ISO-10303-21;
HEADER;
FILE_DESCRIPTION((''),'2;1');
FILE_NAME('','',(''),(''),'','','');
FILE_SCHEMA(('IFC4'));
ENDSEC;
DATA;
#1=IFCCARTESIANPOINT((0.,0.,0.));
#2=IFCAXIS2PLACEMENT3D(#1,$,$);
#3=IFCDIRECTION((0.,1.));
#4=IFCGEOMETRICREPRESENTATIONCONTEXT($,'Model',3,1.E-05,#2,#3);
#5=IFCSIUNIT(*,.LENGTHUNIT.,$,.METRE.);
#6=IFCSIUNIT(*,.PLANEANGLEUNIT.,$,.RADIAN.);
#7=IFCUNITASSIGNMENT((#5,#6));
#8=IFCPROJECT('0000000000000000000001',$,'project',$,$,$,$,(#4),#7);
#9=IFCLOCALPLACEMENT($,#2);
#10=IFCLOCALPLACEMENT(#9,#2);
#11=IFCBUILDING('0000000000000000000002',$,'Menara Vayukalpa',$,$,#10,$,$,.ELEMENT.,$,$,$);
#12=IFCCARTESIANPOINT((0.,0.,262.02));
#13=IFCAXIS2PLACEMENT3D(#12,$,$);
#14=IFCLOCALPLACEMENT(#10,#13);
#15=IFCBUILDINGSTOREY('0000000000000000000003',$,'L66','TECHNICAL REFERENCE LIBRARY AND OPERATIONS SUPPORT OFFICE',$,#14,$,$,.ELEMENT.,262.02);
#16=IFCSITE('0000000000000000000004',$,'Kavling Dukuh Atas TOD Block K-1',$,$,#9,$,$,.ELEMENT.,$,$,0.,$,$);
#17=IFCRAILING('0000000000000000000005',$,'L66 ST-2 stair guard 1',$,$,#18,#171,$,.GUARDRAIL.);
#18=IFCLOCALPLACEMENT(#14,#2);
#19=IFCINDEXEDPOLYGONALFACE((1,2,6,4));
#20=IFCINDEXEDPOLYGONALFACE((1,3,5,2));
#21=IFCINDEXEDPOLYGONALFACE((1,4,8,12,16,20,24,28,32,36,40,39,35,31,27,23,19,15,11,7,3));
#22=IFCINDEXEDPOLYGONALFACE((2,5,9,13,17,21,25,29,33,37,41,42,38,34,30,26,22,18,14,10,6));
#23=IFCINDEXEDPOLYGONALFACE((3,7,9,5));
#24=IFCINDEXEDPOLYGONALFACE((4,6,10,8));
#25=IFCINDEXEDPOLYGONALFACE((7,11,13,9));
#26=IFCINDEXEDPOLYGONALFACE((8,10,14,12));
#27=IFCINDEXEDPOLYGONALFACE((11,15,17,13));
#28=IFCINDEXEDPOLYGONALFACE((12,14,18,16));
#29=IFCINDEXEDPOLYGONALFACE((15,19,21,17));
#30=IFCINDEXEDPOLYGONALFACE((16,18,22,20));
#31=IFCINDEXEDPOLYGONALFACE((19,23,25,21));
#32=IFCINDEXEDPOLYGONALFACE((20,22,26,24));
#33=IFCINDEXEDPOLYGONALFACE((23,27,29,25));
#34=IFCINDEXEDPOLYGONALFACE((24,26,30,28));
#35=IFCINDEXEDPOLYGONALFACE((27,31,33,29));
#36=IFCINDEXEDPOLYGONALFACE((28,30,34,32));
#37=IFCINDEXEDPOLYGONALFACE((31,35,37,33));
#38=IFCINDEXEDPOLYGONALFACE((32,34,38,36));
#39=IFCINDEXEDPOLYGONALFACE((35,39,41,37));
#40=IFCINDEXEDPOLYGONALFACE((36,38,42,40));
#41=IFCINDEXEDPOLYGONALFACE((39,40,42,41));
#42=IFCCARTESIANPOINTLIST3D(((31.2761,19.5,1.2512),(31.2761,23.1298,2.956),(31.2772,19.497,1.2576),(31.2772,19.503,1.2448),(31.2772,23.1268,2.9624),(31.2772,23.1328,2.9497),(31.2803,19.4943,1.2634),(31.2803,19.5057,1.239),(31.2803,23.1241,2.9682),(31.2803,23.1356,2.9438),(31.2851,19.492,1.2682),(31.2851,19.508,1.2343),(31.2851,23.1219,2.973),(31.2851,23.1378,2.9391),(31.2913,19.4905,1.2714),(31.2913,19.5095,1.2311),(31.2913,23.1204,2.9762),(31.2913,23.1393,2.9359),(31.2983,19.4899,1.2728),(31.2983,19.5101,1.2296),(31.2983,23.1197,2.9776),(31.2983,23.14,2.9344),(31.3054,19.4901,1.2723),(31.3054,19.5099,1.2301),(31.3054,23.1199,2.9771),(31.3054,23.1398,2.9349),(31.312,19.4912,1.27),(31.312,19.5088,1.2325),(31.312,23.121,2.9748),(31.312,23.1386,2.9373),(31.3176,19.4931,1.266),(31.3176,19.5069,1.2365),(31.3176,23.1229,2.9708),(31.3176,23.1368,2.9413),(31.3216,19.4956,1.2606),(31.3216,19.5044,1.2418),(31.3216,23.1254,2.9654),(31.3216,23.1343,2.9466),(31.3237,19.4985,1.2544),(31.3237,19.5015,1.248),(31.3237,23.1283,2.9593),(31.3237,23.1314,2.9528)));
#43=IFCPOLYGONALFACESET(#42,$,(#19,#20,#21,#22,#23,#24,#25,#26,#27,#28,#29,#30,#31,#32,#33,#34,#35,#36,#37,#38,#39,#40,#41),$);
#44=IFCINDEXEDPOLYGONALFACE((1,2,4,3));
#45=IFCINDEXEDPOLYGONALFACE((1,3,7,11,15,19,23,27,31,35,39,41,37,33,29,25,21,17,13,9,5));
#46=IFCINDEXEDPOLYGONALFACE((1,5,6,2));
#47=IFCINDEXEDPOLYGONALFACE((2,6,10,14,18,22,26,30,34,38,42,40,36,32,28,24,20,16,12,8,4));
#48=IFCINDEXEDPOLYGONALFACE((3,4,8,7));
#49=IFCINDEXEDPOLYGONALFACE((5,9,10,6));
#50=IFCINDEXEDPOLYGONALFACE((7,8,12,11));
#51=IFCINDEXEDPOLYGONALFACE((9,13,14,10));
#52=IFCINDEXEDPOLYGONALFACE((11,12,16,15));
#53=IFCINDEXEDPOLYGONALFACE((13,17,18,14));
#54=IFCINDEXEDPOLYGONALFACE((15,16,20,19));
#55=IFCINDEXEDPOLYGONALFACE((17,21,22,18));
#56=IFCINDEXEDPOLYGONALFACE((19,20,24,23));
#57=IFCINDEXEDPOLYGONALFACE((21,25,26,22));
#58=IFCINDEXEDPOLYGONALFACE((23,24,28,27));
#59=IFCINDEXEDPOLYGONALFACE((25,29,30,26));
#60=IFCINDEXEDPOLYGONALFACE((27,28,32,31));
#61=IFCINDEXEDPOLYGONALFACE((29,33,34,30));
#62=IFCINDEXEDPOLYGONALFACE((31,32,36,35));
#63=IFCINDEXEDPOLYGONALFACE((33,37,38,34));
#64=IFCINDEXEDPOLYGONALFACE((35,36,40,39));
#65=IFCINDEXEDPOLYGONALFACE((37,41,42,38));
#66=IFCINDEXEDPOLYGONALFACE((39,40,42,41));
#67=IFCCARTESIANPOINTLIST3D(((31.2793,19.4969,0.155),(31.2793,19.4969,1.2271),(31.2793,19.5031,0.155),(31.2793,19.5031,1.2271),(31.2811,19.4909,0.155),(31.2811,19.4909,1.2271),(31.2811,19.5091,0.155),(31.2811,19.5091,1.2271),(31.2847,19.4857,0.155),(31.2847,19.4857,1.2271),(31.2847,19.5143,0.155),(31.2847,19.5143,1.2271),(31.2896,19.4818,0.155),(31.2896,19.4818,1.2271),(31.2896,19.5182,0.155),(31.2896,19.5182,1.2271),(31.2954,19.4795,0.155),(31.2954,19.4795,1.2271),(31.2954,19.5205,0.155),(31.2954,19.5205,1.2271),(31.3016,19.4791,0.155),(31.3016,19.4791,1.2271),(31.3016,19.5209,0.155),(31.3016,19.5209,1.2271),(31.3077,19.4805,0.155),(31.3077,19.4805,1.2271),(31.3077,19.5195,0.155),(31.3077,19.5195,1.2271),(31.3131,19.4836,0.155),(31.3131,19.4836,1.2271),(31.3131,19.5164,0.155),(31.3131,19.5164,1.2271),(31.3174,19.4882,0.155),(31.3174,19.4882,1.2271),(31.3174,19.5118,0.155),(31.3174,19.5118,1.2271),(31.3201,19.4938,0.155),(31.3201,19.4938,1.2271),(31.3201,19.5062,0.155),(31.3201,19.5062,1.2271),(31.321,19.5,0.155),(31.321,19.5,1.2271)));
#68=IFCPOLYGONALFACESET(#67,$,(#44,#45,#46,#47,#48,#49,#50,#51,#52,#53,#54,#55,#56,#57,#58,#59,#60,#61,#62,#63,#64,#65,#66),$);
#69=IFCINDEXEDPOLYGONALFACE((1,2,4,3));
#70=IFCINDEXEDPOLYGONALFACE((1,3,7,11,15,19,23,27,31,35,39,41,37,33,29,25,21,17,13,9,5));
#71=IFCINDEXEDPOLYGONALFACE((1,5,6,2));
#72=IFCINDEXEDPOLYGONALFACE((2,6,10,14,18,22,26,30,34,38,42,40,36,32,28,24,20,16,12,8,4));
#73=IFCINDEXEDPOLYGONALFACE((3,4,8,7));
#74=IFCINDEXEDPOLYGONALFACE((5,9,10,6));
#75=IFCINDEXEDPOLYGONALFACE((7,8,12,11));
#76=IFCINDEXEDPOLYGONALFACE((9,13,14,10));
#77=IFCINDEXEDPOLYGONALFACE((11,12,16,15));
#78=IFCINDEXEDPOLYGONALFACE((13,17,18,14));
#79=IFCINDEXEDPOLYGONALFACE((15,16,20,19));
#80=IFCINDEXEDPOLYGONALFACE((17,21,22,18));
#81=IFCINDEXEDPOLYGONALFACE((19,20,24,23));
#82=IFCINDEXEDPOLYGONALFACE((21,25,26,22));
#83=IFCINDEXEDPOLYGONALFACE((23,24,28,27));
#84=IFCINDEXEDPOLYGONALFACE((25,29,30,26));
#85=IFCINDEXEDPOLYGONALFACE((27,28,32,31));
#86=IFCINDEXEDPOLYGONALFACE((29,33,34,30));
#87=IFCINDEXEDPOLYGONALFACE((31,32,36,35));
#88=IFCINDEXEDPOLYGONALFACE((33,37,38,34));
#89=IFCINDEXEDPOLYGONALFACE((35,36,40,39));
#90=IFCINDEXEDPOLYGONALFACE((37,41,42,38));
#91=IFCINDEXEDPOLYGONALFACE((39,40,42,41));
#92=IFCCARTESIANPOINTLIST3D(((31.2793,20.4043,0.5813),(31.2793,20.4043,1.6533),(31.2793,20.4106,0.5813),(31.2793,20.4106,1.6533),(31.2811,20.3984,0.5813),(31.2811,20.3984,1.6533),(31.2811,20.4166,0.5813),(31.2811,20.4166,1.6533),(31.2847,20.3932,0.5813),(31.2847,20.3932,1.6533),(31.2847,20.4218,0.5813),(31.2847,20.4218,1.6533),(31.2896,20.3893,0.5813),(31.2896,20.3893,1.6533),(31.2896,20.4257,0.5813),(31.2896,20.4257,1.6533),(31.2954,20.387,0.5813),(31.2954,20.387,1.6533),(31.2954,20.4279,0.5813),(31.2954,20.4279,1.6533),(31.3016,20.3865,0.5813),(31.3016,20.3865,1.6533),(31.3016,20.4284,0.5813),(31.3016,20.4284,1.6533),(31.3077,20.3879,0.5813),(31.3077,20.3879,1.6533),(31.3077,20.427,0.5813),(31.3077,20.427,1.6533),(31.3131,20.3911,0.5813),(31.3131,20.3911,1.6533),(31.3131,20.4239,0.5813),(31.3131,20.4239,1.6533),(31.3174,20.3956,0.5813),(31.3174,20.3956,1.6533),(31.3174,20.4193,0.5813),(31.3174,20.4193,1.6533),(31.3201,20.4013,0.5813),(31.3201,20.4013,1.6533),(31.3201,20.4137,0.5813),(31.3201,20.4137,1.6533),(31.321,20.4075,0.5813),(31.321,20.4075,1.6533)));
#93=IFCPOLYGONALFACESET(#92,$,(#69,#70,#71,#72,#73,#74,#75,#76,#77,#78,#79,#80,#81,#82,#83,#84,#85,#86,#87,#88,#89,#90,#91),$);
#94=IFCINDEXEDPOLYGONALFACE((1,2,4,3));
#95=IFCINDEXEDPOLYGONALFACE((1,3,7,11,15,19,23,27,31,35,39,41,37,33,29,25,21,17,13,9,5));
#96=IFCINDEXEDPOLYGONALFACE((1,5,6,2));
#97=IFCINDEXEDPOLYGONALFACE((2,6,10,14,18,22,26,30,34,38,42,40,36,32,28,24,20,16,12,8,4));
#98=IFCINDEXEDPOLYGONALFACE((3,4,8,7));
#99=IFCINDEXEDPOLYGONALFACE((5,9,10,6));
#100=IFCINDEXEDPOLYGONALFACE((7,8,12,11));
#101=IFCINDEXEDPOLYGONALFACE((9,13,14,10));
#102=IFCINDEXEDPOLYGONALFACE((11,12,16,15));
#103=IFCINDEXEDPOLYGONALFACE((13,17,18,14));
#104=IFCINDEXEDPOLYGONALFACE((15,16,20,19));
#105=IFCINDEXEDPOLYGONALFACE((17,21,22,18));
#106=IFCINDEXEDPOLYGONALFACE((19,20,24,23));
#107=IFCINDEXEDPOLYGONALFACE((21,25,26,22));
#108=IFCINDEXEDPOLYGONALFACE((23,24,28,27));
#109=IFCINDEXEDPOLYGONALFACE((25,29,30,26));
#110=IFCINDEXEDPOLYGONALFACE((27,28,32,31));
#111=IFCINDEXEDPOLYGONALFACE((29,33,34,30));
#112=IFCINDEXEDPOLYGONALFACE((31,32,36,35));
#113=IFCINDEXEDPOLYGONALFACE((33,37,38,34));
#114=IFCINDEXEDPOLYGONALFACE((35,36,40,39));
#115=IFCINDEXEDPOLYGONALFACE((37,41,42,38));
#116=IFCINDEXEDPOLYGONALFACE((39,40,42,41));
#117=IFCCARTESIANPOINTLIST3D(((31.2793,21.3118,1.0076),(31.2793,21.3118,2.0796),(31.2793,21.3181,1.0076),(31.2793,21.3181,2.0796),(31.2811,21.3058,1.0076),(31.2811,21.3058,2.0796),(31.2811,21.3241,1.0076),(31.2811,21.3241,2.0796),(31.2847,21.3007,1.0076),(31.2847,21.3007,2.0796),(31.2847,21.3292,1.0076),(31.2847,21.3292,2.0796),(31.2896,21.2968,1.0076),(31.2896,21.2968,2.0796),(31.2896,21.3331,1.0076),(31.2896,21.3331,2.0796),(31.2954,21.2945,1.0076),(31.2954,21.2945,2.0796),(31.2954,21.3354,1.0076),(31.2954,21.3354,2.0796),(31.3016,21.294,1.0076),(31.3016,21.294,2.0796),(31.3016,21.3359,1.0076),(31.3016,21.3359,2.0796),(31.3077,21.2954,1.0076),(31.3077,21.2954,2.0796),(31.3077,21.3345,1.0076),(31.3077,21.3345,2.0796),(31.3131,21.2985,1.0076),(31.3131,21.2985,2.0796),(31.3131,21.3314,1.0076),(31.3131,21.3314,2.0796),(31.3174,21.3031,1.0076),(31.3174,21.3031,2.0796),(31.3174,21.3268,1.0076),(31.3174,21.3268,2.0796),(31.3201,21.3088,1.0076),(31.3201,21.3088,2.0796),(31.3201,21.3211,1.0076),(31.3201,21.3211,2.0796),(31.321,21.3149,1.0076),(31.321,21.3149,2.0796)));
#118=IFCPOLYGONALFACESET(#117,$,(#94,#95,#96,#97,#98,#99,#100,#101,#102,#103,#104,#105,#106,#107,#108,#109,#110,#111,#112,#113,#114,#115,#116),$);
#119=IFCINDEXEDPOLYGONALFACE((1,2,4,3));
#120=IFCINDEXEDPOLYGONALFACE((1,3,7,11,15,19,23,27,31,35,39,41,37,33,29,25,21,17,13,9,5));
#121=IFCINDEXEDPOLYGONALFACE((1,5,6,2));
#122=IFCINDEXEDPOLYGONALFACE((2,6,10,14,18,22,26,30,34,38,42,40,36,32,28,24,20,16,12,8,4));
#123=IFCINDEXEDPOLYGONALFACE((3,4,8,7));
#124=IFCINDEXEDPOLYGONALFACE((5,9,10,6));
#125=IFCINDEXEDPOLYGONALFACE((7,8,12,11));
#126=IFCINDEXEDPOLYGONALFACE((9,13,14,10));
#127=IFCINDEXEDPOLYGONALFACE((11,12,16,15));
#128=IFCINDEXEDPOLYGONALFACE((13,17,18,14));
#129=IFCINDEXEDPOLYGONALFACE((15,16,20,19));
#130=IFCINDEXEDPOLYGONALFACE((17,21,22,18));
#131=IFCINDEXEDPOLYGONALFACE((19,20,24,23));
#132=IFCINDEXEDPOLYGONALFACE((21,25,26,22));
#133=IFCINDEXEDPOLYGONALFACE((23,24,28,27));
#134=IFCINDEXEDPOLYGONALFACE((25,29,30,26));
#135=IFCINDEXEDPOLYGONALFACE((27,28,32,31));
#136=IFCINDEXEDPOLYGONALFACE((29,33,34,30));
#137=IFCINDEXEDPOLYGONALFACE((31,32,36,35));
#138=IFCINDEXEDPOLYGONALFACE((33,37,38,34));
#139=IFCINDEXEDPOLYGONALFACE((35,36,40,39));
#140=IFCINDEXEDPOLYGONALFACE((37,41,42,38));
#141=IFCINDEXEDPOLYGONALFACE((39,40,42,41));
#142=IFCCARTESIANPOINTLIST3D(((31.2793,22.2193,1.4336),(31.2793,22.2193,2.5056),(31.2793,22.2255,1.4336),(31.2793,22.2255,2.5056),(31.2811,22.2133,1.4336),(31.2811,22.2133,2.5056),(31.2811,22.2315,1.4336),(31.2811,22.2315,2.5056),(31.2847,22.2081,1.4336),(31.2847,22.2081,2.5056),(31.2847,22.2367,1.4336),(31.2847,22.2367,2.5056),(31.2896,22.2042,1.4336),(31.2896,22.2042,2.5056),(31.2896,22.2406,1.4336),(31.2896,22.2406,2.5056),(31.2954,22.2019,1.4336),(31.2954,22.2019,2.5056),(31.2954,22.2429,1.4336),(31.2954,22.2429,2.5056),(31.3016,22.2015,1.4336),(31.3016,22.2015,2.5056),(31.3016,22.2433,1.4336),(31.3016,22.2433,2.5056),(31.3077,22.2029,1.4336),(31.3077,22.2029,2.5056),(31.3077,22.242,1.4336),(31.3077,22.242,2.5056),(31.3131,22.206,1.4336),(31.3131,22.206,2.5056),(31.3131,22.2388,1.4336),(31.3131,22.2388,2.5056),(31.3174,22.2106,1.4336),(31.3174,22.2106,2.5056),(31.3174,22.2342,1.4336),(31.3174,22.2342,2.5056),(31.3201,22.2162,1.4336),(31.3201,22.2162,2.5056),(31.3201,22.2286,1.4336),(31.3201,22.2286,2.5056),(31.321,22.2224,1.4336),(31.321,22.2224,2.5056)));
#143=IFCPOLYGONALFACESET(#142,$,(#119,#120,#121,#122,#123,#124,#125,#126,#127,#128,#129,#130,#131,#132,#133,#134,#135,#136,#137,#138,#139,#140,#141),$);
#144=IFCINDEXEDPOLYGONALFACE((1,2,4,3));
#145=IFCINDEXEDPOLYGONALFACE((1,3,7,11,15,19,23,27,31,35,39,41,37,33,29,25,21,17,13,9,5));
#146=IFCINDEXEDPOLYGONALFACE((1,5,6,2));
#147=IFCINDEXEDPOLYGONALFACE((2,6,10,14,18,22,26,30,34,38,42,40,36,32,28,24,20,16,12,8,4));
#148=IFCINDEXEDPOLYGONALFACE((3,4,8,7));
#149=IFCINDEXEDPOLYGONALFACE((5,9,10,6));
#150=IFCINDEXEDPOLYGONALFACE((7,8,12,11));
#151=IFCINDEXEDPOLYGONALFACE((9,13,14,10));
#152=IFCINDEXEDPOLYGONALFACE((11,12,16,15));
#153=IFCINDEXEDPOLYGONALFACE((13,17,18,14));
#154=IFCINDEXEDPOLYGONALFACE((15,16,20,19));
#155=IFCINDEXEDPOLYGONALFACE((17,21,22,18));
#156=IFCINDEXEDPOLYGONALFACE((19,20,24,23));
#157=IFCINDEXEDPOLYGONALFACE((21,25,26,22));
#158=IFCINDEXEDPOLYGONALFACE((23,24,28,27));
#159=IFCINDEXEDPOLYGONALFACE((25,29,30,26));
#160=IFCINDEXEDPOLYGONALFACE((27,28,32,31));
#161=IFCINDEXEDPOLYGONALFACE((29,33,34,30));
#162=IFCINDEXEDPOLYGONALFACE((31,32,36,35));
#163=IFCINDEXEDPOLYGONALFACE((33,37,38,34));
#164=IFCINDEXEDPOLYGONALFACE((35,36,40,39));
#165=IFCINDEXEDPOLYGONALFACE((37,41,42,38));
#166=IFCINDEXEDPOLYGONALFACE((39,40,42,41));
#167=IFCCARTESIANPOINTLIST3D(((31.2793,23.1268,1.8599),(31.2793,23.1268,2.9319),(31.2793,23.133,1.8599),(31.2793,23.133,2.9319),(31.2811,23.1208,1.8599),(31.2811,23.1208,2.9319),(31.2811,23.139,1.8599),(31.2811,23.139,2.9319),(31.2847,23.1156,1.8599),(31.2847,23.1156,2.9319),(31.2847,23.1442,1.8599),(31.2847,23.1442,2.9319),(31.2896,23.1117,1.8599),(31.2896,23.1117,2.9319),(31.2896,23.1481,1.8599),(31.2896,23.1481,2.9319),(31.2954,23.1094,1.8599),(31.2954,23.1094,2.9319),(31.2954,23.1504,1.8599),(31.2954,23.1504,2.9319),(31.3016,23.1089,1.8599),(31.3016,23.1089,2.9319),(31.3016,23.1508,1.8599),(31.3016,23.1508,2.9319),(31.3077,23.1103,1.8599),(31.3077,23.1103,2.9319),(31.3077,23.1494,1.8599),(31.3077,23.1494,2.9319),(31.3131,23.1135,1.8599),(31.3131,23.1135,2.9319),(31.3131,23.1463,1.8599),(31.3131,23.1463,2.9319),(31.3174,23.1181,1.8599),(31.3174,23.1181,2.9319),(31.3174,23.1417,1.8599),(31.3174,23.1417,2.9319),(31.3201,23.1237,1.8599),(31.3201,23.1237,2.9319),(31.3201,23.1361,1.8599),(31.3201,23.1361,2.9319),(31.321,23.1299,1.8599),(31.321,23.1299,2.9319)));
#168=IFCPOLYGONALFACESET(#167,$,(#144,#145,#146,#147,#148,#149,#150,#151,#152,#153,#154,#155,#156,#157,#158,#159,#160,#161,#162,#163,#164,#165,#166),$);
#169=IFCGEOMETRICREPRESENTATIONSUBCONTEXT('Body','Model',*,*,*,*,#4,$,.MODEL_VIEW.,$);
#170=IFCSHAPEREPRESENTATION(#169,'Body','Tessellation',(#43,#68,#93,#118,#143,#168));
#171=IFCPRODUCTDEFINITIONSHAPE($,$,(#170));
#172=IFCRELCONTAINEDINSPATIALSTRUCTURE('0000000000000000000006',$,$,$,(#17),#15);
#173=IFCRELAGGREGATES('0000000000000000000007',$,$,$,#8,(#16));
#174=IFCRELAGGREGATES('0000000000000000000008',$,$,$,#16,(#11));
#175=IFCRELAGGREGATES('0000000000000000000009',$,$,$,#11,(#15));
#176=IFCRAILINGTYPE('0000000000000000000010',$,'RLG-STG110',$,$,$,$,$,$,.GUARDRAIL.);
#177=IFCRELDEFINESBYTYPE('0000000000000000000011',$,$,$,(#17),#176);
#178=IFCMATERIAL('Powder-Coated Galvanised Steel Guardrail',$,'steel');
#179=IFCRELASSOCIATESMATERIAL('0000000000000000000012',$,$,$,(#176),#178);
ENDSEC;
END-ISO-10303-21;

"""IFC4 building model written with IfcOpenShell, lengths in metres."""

from ifc_helpers import new_model, si_unit, direction, frame, origin, origin_2d, place, context, subcontext, project, spatial, circle, extrude, material, type_object, element, save


model = new_model("IFC4")

# Units and contexts
model_context = context("Model", 3, precision=1e-05, world=origin(), true_north=direction((0.0, 1.0)))
body_context = subcontext(model_context, "Body", "Model", "MODEL_VIEW")
ifc_project = project(units=[si_unit("LENGTHUNIT", "METRE"), si_unit("PLANEANGLEUNIT", "RADIAN")], contexts=[model_context])

# Site, building, storey
site_placement = place(None, origin())
site = spatial("IfcSite", under=ifc_project, at=site_placement, Name="Kavling Dukuh Atas TOD Block K-1", CompositionType="ELEMENT", RefElevation=0.0)
building_placement = place(site_placement, origin())
building = spatial("IfcBuilding", under=site, at=building_placement, Name="Menara Vayukalpa", CompositionType="ELEMENT")
storey_placement = place(building_placement, frame((0.0, 0.0, 262.02)))
storey = spatial("IfcBuildingStorey", under=building, at=storey_placement, Name="L66", Description="TECHNICAL REFERENCE LIBRARY AND OPERATIONS SUPPORT OFFICE", CompositionType="ELEMENT", Elevation=262.02)

# Railing
ifc_material_1 = material(Name="Powder-Coated Galvanised Steel Guardrail", Category="steel")
railing_type_1 = type_object("IfcRailingType", Name="RLG-STG110", PredefinedType="GUARDRAIL", material=ifc_material_1)
railing_1_placement = place(storey_placement, frame((31.3, 19.5, 0.155)))
element("IfcRailing", 1, at=railing_1_placement, inside=storey, type_object=railing_type_1, Name="L66 ST-2 stair guard 1", PredefinedType="GUARDRAIL", context=body_context, shape_type="SweptSolid", body=[
    extrude(circle(Radius=0.0239, at=origin_2d()), frame((0.0, 0.0, 1.0962), z_axis=(0.0, 0.90514, 0.425114), x_axis=(-1.0, 0.0, 0.0)), (0.0, 0.0, 1.0), 4.0103),
    extrude(circle(Radius=0.021, at=origin_2d()), origin(), (0.0, 0.0, 1.0), 1.072),
    extrude(circle(Radius=0.021, at=origin_2d()), frame((0.0, 0.9075, 0.4263)), (0.0, 0.0, 1.0), 1.072),
    extrude(circle(Radius=0.021, at=origin_2d()), frame((0.0, 1.8149, 0.8525)), (0.0, 0.0, 1.0), 1.072),
    extrude(circle(Radius=0.021, at=origin_2d()), frame((0.0, 2.7224, 1.2786)), (0.0, 0.0, 1.0), 1.072),
    extrude(circle(Radius=0.021, at=origin_2d()), frame((0.0, 3.6299, 1.7048)), (0.0, 0.0, 1.0), 1.072),
])

save(model, "model.ifc")
